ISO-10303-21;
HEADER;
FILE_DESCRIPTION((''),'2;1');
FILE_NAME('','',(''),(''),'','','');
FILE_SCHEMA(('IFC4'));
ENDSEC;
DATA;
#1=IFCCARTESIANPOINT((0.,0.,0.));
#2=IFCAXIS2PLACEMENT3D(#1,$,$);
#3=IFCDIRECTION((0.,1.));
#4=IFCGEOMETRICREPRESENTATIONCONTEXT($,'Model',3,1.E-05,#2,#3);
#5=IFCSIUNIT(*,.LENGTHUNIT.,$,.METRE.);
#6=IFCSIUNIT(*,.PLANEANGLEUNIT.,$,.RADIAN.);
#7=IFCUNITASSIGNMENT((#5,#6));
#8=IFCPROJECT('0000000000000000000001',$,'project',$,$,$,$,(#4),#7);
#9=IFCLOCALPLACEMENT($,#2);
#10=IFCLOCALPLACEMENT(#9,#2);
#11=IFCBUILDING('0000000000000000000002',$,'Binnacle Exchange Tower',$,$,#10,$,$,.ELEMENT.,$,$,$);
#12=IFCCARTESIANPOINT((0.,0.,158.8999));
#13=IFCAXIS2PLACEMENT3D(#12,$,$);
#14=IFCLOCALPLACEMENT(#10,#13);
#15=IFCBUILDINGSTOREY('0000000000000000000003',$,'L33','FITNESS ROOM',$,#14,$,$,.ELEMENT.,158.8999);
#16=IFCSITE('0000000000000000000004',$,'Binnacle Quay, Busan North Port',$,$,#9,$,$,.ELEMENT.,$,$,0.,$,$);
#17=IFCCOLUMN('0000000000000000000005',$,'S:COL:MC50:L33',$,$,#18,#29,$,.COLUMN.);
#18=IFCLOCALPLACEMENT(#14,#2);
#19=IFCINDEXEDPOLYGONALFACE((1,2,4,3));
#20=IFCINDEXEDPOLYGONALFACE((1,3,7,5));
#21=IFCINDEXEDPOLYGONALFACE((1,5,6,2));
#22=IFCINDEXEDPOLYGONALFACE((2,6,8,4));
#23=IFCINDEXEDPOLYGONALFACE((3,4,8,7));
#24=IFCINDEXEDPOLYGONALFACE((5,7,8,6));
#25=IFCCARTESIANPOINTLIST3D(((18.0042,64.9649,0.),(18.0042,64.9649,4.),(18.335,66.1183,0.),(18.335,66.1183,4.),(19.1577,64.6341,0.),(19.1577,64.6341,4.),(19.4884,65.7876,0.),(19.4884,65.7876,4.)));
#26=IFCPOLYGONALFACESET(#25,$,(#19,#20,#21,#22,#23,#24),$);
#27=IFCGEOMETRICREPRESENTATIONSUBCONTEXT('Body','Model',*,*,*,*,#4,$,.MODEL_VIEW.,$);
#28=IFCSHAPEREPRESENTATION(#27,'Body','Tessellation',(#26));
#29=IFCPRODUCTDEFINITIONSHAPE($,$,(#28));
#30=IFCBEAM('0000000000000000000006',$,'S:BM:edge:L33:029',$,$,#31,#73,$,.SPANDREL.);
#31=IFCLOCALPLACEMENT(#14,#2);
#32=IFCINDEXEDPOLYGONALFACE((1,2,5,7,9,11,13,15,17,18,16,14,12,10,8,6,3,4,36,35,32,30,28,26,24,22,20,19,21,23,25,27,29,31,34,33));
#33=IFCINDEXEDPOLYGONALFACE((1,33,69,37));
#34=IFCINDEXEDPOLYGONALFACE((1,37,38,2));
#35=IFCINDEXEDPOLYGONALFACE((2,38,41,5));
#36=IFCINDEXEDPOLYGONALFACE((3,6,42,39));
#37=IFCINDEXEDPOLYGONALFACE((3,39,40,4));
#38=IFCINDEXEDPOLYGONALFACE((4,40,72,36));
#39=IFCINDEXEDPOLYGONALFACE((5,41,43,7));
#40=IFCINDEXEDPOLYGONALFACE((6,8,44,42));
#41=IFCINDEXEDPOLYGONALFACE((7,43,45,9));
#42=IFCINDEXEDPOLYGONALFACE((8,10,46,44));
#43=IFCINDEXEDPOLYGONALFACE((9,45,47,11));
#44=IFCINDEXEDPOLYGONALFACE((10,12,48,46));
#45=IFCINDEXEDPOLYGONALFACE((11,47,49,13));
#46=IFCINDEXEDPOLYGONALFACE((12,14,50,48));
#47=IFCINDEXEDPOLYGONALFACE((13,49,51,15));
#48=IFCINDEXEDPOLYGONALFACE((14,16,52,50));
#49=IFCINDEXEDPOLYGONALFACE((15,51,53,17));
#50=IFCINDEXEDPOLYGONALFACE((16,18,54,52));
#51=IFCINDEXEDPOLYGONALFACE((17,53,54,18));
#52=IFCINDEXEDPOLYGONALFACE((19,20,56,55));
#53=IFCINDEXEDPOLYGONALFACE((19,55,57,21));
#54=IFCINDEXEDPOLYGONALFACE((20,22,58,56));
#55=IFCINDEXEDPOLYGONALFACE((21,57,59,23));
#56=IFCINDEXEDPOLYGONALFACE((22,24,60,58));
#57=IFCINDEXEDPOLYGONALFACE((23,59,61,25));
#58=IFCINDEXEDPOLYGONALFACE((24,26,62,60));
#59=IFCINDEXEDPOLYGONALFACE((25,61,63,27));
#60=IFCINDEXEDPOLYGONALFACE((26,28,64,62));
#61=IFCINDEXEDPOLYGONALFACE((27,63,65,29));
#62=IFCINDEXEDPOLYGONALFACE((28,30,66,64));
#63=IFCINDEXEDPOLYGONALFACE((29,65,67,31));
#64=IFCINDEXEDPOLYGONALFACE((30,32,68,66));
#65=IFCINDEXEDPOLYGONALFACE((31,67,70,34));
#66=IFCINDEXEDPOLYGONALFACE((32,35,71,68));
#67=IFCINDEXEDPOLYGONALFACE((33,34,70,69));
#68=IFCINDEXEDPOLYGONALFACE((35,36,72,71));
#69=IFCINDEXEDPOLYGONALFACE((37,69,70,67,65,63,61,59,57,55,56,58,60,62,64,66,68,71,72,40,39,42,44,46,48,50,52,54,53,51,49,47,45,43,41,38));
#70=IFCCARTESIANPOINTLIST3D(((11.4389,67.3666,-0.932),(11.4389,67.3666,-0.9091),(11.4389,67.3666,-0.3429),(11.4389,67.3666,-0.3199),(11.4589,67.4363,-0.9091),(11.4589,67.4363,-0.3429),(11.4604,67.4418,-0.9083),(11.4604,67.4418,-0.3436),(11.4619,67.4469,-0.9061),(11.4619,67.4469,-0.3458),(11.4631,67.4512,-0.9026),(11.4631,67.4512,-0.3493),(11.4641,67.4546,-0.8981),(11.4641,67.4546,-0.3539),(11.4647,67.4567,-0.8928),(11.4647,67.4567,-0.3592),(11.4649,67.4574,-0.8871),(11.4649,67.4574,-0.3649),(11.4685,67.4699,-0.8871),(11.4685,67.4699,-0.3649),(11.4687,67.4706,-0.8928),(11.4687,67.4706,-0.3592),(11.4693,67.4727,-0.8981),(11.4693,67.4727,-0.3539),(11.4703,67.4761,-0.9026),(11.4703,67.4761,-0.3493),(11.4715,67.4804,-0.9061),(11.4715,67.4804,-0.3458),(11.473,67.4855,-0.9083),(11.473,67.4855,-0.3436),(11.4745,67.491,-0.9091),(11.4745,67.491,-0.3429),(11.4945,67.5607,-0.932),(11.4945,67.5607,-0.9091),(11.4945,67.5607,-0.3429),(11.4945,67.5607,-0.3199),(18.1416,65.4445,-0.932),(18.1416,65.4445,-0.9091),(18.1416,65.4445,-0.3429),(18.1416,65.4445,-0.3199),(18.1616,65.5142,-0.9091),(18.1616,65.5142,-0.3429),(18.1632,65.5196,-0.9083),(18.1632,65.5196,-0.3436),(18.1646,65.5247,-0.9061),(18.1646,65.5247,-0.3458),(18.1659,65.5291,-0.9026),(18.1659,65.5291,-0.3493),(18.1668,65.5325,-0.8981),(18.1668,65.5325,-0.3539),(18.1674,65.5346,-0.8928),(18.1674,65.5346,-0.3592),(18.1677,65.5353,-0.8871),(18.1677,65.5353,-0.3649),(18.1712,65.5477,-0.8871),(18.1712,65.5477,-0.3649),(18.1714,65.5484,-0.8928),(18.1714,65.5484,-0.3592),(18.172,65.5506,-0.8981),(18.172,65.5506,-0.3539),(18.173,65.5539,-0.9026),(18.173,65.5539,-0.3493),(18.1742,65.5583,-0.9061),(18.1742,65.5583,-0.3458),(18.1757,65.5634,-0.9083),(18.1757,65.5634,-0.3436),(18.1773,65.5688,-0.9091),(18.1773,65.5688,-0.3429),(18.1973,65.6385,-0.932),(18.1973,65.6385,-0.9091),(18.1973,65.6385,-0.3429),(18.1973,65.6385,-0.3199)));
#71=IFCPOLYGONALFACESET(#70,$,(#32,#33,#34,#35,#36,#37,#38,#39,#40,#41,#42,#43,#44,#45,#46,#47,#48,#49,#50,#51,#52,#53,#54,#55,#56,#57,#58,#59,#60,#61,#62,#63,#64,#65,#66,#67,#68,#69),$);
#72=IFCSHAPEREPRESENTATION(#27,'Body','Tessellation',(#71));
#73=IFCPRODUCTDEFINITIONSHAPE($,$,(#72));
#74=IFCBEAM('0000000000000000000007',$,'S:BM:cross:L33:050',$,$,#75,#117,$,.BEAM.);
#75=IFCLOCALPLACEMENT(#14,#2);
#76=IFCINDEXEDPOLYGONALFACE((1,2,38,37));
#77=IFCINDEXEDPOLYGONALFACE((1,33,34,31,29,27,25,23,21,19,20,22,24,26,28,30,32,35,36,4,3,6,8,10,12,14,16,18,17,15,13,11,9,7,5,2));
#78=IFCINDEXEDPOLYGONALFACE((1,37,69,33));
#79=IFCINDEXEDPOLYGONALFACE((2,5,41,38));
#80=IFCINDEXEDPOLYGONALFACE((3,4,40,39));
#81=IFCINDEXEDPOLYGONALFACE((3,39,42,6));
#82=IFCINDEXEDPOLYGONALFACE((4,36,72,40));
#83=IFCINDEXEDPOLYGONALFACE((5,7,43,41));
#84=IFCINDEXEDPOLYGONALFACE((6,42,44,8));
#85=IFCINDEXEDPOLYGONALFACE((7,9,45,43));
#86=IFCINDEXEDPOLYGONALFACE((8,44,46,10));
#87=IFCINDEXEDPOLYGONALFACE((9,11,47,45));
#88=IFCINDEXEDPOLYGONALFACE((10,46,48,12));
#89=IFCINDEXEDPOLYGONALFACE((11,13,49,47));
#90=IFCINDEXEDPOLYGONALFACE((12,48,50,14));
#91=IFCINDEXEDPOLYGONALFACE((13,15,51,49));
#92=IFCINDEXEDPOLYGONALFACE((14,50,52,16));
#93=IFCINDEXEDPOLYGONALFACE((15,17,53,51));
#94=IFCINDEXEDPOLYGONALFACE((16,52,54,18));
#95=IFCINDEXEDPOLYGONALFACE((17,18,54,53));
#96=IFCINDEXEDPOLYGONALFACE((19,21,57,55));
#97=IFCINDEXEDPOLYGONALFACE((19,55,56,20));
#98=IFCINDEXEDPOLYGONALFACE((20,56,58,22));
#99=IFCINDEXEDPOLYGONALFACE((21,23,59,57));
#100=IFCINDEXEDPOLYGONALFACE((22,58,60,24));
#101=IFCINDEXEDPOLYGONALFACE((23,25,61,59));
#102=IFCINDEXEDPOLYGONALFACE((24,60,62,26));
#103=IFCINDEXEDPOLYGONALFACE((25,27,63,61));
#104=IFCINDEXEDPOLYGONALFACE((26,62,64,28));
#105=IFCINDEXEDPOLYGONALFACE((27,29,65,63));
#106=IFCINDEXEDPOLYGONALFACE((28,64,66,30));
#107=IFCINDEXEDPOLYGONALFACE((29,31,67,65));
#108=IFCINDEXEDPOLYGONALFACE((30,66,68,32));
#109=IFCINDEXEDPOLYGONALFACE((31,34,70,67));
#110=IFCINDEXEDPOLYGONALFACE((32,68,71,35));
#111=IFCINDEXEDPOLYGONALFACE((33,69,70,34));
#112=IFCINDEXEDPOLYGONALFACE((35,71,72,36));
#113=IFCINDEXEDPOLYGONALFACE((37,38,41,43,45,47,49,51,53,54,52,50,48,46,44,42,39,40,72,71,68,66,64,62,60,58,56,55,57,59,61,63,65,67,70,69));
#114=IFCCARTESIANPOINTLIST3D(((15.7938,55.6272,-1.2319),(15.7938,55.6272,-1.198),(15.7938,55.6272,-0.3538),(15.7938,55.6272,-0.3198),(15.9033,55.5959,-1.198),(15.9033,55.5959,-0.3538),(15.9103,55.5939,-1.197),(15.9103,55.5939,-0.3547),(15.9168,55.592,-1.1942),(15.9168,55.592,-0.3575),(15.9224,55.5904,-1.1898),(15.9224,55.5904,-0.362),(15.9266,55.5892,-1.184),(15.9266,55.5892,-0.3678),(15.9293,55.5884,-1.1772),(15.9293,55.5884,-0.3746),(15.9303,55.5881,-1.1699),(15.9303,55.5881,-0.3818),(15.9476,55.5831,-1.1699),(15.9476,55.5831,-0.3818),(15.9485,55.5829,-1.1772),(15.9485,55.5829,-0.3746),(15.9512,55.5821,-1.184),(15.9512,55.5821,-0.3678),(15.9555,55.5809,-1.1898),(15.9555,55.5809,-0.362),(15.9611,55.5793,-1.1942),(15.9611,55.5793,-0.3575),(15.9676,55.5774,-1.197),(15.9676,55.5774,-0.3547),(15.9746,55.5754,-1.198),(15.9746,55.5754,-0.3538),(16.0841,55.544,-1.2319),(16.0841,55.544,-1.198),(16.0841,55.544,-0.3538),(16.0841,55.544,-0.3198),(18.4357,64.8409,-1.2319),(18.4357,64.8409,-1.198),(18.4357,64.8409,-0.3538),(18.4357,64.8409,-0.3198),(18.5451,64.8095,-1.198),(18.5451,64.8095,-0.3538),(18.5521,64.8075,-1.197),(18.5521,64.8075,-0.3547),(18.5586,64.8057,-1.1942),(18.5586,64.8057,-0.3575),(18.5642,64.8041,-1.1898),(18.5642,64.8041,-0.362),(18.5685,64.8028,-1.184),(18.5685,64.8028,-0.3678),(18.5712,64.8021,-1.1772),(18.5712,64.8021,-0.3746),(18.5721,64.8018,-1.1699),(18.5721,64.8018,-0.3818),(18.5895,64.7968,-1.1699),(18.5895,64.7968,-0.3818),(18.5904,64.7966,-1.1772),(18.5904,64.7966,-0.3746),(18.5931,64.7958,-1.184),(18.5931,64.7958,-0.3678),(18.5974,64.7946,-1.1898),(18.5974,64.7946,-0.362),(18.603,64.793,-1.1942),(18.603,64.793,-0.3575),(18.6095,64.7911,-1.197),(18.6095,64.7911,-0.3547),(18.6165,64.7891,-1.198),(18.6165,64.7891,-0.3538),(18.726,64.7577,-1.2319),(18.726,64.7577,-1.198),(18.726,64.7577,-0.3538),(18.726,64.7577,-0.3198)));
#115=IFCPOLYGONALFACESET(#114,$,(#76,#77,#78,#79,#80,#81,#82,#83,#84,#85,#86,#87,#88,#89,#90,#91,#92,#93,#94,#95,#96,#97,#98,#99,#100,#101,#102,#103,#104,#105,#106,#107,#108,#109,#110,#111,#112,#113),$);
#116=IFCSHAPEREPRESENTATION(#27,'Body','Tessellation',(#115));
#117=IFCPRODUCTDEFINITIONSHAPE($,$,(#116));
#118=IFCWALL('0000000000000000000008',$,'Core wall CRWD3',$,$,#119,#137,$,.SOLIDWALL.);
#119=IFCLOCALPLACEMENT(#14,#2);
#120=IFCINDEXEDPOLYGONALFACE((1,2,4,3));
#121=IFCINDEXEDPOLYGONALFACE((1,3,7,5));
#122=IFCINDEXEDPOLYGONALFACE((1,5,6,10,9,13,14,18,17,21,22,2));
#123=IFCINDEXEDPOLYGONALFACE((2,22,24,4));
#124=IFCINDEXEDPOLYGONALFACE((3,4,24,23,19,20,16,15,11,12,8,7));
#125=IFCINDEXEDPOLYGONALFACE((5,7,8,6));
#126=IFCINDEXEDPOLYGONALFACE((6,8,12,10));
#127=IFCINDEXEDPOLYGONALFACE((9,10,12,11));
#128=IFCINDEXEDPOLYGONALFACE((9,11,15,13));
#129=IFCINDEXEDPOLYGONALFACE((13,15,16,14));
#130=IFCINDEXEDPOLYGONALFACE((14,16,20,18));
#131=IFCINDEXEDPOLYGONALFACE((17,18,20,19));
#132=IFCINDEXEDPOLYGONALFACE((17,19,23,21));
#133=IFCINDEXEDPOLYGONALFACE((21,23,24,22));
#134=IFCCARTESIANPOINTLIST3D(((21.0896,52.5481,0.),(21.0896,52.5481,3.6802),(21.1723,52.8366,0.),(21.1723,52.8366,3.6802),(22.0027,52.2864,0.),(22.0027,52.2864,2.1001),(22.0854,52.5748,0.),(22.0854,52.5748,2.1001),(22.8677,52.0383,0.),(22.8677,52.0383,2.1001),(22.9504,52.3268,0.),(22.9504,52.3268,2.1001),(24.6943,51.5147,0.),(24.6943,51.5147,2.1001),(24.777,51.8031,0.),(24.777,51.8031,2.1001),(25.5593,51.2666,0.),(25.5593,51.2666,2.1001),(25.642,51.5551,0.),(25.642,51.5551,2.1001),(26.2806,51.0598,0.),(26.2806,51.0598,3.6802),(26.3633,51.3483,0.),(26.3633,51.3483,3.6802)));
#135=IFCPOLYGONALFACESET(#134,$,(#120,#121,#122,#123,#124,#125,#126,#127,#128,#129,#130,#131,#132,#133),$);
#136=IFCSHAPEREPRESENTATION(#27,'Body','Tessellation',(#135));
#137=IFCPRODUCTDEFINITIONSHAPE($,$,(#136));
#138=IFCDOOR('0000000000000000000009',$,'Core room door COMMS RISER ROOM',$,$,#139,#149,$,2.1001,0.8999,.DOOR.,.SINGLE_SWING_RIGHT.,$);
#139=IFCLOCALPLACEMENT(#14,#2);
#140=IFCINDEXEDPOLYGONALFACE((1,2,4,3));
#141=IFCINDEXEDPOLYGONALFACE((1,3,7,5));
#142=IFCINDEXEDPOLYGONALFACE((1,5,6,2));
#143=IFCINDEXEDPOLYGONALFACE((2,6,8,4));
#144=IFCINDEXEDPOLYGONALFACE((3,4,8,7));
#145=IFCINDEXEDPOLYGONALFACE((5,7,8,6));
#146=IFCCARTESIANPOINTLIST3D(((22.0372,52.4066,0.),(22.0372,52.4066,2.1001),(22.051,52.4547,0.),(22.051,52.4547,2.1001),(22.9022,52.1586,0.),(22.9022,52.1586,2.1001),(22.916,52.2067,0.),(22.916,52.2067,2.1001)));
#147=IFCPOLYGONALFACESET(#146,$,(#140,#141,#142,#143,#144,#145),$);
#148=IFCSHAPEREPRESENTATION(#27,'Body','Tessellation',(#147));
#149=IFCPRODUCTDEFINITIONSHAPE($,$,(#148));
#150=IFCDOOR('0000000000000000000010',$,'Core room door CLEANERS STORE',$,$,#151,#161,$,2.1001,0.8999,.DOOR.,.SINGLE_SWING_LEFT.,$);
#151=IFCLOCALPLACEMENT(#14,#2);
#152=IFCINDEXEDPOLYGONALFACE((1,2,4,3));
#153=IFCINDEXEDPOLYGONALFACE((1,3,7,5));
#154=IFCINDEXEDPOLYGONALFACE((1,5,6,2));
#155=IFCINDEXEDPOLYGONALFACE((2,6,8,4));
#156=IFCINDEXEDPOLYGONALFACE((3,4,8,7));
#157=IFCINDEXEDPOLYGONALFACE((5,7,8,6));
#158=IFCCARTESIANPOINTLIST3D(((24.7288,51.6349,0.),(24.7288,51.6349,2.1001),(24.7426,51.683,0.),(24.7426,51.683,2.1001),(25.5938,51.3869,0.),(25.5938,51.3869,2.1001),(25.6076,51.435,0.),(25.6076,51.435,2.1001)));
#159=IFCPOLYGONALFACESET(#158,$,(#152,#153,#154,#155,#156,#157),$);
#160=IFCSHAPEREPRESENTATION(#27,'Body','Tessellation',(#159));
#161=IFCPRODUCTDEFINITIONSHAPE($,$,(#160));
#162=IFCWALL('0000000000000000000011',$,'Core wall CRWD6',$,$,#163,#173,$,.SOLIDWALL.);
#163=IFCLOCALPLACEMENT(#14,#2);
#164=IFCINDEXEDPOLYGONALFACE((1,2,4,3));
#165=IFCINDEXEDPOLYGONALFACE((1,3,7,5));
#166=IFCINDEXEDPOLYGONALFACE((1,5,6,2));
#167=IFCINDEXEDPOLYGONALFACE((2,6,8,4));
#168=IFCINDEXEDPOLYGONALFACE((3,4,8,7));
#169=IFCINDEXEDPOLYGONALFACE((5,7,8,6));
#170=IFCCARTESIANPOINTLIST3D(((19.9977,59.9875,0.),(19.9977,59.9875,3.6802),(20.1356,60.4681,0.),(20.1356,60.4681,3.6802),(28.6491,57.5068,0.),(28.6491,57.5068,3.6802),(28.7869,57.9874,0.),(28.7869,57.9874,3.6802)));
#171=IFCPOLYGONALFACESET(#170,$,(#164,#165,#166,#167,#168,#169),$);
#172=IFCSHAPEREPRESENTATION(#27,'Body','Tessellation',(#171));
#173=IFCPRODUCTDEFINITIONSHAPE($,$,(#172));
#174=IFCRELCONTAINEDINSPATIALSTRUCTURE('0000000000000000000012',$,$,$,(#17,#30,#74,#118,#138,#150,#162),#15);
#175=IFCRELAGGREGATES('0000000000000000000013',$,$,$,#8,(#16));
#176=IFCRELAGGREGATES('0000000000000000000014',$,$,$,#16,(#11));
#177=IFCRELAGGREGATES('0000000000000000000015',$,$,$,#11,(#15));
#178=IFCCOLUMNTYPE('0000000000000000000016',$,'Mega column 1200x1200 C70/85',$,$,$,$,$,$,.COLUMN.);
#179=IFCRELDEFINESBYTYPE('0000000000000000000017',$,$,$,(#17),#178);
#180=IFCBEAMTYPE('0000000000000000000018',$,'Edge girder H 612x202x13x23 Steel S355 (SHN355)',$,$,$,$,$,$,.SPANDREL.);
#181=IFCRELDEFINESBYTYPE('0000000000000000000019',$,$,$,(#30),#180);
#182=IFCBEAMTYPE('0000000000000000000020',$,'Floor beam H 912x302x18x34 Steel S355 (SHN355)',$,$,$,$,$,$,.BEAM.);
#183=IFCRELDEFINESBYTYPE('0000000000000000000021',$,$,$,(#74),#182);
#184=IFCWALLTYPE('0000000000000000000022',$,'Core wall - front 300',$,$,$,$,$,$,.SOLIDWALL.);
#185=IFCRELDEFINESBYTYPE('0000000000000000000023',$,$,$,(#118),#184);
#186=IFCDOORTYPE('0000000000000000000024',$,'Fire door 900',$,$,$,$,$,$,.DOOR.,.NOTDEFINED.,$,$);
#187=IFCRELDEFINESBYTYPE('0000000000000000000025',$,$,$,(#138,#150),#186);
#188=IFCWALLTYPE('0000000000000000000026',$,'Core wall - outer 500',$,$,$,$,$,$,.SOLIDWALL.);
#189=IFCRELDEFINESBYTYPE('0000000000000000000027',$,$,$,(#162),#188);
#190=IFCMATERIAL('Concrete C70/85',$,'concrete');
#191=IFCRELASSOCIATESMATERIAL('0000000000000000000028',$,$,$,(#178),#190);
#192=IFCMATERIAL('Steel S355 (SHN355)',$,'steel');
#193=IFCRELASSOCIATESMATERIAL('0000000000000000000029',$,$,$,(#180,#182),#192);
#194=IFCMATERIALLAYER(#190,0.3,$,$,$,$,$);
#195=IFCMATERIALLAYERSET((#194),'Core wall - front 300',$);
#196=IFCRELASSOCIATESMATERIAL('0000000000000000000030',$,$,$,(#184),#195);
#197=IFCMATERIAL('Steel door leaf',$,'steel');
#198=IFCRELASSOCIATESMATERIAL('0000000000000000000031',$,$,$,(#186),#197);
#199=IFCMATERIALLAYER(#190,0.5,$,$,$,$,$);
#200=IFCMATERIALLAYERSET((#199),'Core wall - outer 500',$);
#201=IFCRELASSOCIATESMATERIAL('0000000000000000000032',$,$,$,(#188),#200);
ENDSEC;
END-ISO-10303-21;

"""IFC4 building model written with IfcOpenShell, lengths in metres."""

from ifc_helpers import new_model, si_unit, direction, frame, frame_2d, origin, origin_2d, place, context, subcontext, project, spatial, rectangle, i_section, extrude, material, layer, layer_set, material_profile, profile_set, type_object, element, fill, save


model = new_model("IFC4")

# Units and contexts
model_context = context("Model", 3, precision=1e-05, world=origin(), true_north=direction((0.0, 1.0)))
body_context = subcontext(model_context, "Body", "Model", "MODEL_VIEW")
ifc_project = project(units=[si_unit("LENGTHUNIT", "METRE"), si_unit("PLANEANGLEUNIT", "RADIAN")], contexts=[model_context])

# Site, building, storey
site_placement = place(None, origin())
site = spatial("IfcSite", under=ifc_project, at=site_placement, Name="Binnacle Quay, Busan North Port", CompositionType="ELEMENT", RefElevation=0.0)
building_placement = place(site_placement, origin())
building = spatial("IfcBuilding", under=site, at=building_placement, Name="Binnacle Exchange Tower", CompositionType="ELEMENT")
storey_placement = place(building_placement, frame((0.0, 0.0, 158.8999)))
storey = spatial("IfcBuildingStorey", under=building, at=storey_placement, Name="L33", Description="FITNESS ROOM", CompositionType="ELEMENT", Elevation=158.8999)

# Column
ifc_material_1 = material(Name="Concrete C70/85", Category="concrete")
ifc_material_profile_1 = material_profile(ifc_material_1, rectangle(XDim=1.2, YDim=1.2, at=origin_2d()), Name="Mega column 1200x1200 C70/85")
ifc_profile_set_1 = profile_set([ifc_material_profile_1], Name="Concrete C70/85")
column_type = type_object("IfcColumnType", Name="Mega column 1200x1200 C70/85", PredefinedType="COLUMN", material=ifc_profile_set_1)
column_placement = place(storey_placement, frame((18.7463, 65.3762, 0.0), z_axis=(0.0, 0.0, 1.0), x_axis=(-0.961262, 0.275637, 0.0)))
element("IfcColumn", 1, at=column_placement, inside=storey, type_object=column_type, Name="S:COL:MC50:L33", PredefinedType="COLUMN", context=body_context, shape_type="SweptSolid", body=[
    extrude(rectangle(XDim=1.2, YDim=1.2, at=origin_2d()), origin(), (0.0, 0.0, 1.0), 4.0),
])

# Beams
ifc_material_2 = material(Name="Steel S355 (SHN355)", Category="steel")
ifc_material_profile_2 = material_profile(ifc_material_2, i_section(OverallWidth=0.2019, OverallDepth=0.6121, WebThickness=0.0129, FlangeThickness=0.0229, FilletRadius=0.022, at=origin_2d()), Name="H 612x202x13x23")
ifc_profile_set_2 = profile_set([ifc_material_profile_2], Name="Steel S355 (SHN355)")
beam_type_1 = type_object("IfcBeamType", Name="Edge girder H 612x202x13x23 Steel S355 (SHN355)", PredefinedType="SPANDREL", material=ifc_profile_set_2)
beam_1_placement = place(storey_placement, frame((18.1694, 65.5415, -0.626), z_axis=(-0.961255, 0.27566, 0.0), x_axis=(-0.27566, -0.961255, 0.0)))
element("IfcBeam", 2, at=beam_1_placement, inside=storey, type_object=beam_type_1, Name="S:BM:edge:L33:029", PredefinedType="SPANDREL", context=body_context, shape_type="SweptSolid", body=[
    extrude(i_section(OverallWidth=0.2019, OverallDepth=0.6121, WebThickness=0.0129, FlangeThickness=0.0229, FilletRadius=0.022, at=origin_2d()), origin(), (0.0, 0.0, 1.0), 6.9729),
])
ifc_material_profile_3 = material_profile(ifc_material_2, i_section(OverallWidth=0.302, OverallDepth=0.9121, WebThickness=0.0181, FlangeThickness=0.0339, FilletRadius=0.0281, at=origin_2d()), Name="H 912x302x18x34")
ifc_profile_set_3 = profile_set([ifc_material_profile_3], Name="Steel S355 (SHN355)")
beam_type_2 = type_object("IfcBeamType", Name="Floor beam H 912x302x18x34 Steel S355 (SHN355)", PredefinedType="BEAM", material=ifc_profile_set_3)
beam_2_placement = place(storey_placement, frame((18.5808, 64.7993, -0.7759), z_axis=(-0.275626, -0.961265, 0.0), x_axis=(0.961265, -0.275626, 0.0)))
element("IfcBeam", 3, at=beam_2_placement, inside=storey, type_object=beam_type_2, Name="S:BM:cross:L33:050", PredefinedType="BEAM", context=body_context, shape_type="SweptSolid", body=[
    extrude(i_section(OverallWidth=0.302, OverallDepth=0.9121, WebThickness=0.0181, FlangeThickness=0.0339, FilletRadius=0.0281, at=origin_2d()), origin(), (0.0, 0.0, 1.0), 9.585),
])

# Wall, openings, doors
ifc_layer_1 = layer(ifc_material_1, 0.3)
ifc_layer_set_1 = layer_set([ifc_layer_1], Name="Core wall - front 300")
wall_type_1 = type_object("IfcWallType", Name="Core wall - front 300", PredefinedType="SOLIDWALL", material=ifc_layer_set_1)
wall_1_placement = place(storey_placement, frame((21.1309, 52.6924, 0.0), z_axis=(0.0, 0.0, 1.0), x_axis=(0.961271, -0.275605, 0.0)))
wall_1 = element("IfcWall", 4, at=wall_1_placement, inside=storey, type_object=wall_type_1, Name="Core wall CRWD3", PredefinedType="SOLIDWALL", context=body_context, shape_type="SweptSolid", body=[
    extrude(rectangle(XDim=5.4001, YDim=0.3, at=frame_2d((2.7002, 0.0))), origin(), (0.0, 0.0, 1.0), 3.6802),
])
opening_1_placement = place(wall_1_placement, frame((0.95, 0.0, 0.0)))
opening_1 = element("IfcOpeningElement", 5, at=opening_1_placement, cuts=wall_1, PredefinedType="OPENING", context=body_context, shape_type="SweptSolid", body=[
    extrude(rectangle(XDim=0.8999, YDim=2.1001, at=frame_2d((0.45, 1.05))), frame((0.0, 0.1599, 0.0), z_axis=(0.0, -1.0, 0.0), x_axis=(1.0, 0.0, 0.0)), (0.0, 0.0, 1.0), 0.3201),
])
opening_2_placement = place(wall_1_placement, frame((3.75, 0.0, 0.0)))
opening_2 = element("IfcOpeningElement", 6, at=opening_2_placement, cuts=wall_1, PredefinedType="OPENING", context=body_context, shape_type="SweptSolid", body=[
    extrude(rectangle(XDim=0.8999, YDim=2.1001, at=frame_2d((0.45, 1.05))), frame((0.0, 0.1599, 0.0), z_axis=(0.0, -1.0, 0.0), x_axis=(1.0, 0.0, 0.0)), (0.0, 0.0, 1.0), 0.3201),
])
ifc_material_3 = material(Name="Steel door leaf", Category="steel")
door_type_1 = type_object("IfcDoorType", Name="Fire door 900", OperationType="NOTDEFINED", PredefinedType="DOOR", material=ifc_material_3)
door_1_placement = place(opening_1_placement, frame((0.8999, 0.0, 0.0), z_axis=(0.0, 0.0, 1.0), x_axis=(-1.0, 0.0, 0.0)))
door_1 = element("IfcDoor", 7, at=door_1_placement, inside=storey, type_object=door_type_1, Name="Core room door COMMS RISER ROOM", OperationType="SINGLE_SWING_RIGHT", OverallHeight=2.1001, OverallWidth=0.8999, PredefinedType="DOOR", context=body_context, shape_type="SweptSolid", body=[
    extrude(rectangle(XDim=0.8999, YDim=2.1001, at=frame_2d((0.45, 1.05))), frame((0.0, 0.0249, 0.0), z_axis=(0.0, -1.0, 0.0), x_axis=(1.0, 0.0, 0.0)), (0.0, 0.0, 1.0), 0.05),
])
fill(opening_1, door_1)
door_2_placement = place(opening_2_placement, frame((0.8999, 0.0, 0.0), z_axis=(0.0, 0.0, 1.0), x_axis=(-1.0, 0.0, 0.0)))
door_2 = element("IfcDoor", 8, at=door_2_placement, inside=storey, type_object=door_type_1, Name="Core room door CLEANERS STORE", OperationType="SINGLE_SWING_LEFT", OverallHeight=2.1001, OverallWidth=0.8999, PredefinedType="DOOR", context=body_context, shape_type="SweptSolid", body=[
    extrude(rectangle(XDim=0.8999, YDim=2.1001, at=frame_2d((0.45, 1.05))), frame((0.0, 0.0249, 0.0), z_axis=(0.0, -1.0, 0.0), x_axis=(1.0, 0.0, 0.0)), (0.0, 0.0, 1.0), 0.05),
])
fill(opening_2, door_2)

# Wall
ifc_layer_2 = layer(ifc_material_1, 0.5)
ifc_layer_set_2 = layer_set([ifc_layer_2], Name="Core wall - outer 500")
wall_type_2 = type_object("IfcWallType", Name="Core wall - outer 500", PredefinedType="SOLIDWALL", material=ifc_layer_set_2)
wall_2_placement = place(storey_placement, frame((20.0667, 60.2278, 0.0), z_axis=(0.0, 0.0, 1.0), x_axis=(0.961262, -0.275635, 0.0)))
element("IfcWall", 9, at=wall_2_placement, inside=storey, type_object=wall_type_2, Name="Core wall CRWD6", PredefinedType="SOLIDWALL", context=body_context, shape_type="SweptSolid", body=[
    extrude(rectangle(XDim=9.0, YDim=0.5, at=frame_2d((4.5, 0.0))), origin(), (0.0, 0.0, 1.0), 3.6802),
])

save(model, "model.ifc")
